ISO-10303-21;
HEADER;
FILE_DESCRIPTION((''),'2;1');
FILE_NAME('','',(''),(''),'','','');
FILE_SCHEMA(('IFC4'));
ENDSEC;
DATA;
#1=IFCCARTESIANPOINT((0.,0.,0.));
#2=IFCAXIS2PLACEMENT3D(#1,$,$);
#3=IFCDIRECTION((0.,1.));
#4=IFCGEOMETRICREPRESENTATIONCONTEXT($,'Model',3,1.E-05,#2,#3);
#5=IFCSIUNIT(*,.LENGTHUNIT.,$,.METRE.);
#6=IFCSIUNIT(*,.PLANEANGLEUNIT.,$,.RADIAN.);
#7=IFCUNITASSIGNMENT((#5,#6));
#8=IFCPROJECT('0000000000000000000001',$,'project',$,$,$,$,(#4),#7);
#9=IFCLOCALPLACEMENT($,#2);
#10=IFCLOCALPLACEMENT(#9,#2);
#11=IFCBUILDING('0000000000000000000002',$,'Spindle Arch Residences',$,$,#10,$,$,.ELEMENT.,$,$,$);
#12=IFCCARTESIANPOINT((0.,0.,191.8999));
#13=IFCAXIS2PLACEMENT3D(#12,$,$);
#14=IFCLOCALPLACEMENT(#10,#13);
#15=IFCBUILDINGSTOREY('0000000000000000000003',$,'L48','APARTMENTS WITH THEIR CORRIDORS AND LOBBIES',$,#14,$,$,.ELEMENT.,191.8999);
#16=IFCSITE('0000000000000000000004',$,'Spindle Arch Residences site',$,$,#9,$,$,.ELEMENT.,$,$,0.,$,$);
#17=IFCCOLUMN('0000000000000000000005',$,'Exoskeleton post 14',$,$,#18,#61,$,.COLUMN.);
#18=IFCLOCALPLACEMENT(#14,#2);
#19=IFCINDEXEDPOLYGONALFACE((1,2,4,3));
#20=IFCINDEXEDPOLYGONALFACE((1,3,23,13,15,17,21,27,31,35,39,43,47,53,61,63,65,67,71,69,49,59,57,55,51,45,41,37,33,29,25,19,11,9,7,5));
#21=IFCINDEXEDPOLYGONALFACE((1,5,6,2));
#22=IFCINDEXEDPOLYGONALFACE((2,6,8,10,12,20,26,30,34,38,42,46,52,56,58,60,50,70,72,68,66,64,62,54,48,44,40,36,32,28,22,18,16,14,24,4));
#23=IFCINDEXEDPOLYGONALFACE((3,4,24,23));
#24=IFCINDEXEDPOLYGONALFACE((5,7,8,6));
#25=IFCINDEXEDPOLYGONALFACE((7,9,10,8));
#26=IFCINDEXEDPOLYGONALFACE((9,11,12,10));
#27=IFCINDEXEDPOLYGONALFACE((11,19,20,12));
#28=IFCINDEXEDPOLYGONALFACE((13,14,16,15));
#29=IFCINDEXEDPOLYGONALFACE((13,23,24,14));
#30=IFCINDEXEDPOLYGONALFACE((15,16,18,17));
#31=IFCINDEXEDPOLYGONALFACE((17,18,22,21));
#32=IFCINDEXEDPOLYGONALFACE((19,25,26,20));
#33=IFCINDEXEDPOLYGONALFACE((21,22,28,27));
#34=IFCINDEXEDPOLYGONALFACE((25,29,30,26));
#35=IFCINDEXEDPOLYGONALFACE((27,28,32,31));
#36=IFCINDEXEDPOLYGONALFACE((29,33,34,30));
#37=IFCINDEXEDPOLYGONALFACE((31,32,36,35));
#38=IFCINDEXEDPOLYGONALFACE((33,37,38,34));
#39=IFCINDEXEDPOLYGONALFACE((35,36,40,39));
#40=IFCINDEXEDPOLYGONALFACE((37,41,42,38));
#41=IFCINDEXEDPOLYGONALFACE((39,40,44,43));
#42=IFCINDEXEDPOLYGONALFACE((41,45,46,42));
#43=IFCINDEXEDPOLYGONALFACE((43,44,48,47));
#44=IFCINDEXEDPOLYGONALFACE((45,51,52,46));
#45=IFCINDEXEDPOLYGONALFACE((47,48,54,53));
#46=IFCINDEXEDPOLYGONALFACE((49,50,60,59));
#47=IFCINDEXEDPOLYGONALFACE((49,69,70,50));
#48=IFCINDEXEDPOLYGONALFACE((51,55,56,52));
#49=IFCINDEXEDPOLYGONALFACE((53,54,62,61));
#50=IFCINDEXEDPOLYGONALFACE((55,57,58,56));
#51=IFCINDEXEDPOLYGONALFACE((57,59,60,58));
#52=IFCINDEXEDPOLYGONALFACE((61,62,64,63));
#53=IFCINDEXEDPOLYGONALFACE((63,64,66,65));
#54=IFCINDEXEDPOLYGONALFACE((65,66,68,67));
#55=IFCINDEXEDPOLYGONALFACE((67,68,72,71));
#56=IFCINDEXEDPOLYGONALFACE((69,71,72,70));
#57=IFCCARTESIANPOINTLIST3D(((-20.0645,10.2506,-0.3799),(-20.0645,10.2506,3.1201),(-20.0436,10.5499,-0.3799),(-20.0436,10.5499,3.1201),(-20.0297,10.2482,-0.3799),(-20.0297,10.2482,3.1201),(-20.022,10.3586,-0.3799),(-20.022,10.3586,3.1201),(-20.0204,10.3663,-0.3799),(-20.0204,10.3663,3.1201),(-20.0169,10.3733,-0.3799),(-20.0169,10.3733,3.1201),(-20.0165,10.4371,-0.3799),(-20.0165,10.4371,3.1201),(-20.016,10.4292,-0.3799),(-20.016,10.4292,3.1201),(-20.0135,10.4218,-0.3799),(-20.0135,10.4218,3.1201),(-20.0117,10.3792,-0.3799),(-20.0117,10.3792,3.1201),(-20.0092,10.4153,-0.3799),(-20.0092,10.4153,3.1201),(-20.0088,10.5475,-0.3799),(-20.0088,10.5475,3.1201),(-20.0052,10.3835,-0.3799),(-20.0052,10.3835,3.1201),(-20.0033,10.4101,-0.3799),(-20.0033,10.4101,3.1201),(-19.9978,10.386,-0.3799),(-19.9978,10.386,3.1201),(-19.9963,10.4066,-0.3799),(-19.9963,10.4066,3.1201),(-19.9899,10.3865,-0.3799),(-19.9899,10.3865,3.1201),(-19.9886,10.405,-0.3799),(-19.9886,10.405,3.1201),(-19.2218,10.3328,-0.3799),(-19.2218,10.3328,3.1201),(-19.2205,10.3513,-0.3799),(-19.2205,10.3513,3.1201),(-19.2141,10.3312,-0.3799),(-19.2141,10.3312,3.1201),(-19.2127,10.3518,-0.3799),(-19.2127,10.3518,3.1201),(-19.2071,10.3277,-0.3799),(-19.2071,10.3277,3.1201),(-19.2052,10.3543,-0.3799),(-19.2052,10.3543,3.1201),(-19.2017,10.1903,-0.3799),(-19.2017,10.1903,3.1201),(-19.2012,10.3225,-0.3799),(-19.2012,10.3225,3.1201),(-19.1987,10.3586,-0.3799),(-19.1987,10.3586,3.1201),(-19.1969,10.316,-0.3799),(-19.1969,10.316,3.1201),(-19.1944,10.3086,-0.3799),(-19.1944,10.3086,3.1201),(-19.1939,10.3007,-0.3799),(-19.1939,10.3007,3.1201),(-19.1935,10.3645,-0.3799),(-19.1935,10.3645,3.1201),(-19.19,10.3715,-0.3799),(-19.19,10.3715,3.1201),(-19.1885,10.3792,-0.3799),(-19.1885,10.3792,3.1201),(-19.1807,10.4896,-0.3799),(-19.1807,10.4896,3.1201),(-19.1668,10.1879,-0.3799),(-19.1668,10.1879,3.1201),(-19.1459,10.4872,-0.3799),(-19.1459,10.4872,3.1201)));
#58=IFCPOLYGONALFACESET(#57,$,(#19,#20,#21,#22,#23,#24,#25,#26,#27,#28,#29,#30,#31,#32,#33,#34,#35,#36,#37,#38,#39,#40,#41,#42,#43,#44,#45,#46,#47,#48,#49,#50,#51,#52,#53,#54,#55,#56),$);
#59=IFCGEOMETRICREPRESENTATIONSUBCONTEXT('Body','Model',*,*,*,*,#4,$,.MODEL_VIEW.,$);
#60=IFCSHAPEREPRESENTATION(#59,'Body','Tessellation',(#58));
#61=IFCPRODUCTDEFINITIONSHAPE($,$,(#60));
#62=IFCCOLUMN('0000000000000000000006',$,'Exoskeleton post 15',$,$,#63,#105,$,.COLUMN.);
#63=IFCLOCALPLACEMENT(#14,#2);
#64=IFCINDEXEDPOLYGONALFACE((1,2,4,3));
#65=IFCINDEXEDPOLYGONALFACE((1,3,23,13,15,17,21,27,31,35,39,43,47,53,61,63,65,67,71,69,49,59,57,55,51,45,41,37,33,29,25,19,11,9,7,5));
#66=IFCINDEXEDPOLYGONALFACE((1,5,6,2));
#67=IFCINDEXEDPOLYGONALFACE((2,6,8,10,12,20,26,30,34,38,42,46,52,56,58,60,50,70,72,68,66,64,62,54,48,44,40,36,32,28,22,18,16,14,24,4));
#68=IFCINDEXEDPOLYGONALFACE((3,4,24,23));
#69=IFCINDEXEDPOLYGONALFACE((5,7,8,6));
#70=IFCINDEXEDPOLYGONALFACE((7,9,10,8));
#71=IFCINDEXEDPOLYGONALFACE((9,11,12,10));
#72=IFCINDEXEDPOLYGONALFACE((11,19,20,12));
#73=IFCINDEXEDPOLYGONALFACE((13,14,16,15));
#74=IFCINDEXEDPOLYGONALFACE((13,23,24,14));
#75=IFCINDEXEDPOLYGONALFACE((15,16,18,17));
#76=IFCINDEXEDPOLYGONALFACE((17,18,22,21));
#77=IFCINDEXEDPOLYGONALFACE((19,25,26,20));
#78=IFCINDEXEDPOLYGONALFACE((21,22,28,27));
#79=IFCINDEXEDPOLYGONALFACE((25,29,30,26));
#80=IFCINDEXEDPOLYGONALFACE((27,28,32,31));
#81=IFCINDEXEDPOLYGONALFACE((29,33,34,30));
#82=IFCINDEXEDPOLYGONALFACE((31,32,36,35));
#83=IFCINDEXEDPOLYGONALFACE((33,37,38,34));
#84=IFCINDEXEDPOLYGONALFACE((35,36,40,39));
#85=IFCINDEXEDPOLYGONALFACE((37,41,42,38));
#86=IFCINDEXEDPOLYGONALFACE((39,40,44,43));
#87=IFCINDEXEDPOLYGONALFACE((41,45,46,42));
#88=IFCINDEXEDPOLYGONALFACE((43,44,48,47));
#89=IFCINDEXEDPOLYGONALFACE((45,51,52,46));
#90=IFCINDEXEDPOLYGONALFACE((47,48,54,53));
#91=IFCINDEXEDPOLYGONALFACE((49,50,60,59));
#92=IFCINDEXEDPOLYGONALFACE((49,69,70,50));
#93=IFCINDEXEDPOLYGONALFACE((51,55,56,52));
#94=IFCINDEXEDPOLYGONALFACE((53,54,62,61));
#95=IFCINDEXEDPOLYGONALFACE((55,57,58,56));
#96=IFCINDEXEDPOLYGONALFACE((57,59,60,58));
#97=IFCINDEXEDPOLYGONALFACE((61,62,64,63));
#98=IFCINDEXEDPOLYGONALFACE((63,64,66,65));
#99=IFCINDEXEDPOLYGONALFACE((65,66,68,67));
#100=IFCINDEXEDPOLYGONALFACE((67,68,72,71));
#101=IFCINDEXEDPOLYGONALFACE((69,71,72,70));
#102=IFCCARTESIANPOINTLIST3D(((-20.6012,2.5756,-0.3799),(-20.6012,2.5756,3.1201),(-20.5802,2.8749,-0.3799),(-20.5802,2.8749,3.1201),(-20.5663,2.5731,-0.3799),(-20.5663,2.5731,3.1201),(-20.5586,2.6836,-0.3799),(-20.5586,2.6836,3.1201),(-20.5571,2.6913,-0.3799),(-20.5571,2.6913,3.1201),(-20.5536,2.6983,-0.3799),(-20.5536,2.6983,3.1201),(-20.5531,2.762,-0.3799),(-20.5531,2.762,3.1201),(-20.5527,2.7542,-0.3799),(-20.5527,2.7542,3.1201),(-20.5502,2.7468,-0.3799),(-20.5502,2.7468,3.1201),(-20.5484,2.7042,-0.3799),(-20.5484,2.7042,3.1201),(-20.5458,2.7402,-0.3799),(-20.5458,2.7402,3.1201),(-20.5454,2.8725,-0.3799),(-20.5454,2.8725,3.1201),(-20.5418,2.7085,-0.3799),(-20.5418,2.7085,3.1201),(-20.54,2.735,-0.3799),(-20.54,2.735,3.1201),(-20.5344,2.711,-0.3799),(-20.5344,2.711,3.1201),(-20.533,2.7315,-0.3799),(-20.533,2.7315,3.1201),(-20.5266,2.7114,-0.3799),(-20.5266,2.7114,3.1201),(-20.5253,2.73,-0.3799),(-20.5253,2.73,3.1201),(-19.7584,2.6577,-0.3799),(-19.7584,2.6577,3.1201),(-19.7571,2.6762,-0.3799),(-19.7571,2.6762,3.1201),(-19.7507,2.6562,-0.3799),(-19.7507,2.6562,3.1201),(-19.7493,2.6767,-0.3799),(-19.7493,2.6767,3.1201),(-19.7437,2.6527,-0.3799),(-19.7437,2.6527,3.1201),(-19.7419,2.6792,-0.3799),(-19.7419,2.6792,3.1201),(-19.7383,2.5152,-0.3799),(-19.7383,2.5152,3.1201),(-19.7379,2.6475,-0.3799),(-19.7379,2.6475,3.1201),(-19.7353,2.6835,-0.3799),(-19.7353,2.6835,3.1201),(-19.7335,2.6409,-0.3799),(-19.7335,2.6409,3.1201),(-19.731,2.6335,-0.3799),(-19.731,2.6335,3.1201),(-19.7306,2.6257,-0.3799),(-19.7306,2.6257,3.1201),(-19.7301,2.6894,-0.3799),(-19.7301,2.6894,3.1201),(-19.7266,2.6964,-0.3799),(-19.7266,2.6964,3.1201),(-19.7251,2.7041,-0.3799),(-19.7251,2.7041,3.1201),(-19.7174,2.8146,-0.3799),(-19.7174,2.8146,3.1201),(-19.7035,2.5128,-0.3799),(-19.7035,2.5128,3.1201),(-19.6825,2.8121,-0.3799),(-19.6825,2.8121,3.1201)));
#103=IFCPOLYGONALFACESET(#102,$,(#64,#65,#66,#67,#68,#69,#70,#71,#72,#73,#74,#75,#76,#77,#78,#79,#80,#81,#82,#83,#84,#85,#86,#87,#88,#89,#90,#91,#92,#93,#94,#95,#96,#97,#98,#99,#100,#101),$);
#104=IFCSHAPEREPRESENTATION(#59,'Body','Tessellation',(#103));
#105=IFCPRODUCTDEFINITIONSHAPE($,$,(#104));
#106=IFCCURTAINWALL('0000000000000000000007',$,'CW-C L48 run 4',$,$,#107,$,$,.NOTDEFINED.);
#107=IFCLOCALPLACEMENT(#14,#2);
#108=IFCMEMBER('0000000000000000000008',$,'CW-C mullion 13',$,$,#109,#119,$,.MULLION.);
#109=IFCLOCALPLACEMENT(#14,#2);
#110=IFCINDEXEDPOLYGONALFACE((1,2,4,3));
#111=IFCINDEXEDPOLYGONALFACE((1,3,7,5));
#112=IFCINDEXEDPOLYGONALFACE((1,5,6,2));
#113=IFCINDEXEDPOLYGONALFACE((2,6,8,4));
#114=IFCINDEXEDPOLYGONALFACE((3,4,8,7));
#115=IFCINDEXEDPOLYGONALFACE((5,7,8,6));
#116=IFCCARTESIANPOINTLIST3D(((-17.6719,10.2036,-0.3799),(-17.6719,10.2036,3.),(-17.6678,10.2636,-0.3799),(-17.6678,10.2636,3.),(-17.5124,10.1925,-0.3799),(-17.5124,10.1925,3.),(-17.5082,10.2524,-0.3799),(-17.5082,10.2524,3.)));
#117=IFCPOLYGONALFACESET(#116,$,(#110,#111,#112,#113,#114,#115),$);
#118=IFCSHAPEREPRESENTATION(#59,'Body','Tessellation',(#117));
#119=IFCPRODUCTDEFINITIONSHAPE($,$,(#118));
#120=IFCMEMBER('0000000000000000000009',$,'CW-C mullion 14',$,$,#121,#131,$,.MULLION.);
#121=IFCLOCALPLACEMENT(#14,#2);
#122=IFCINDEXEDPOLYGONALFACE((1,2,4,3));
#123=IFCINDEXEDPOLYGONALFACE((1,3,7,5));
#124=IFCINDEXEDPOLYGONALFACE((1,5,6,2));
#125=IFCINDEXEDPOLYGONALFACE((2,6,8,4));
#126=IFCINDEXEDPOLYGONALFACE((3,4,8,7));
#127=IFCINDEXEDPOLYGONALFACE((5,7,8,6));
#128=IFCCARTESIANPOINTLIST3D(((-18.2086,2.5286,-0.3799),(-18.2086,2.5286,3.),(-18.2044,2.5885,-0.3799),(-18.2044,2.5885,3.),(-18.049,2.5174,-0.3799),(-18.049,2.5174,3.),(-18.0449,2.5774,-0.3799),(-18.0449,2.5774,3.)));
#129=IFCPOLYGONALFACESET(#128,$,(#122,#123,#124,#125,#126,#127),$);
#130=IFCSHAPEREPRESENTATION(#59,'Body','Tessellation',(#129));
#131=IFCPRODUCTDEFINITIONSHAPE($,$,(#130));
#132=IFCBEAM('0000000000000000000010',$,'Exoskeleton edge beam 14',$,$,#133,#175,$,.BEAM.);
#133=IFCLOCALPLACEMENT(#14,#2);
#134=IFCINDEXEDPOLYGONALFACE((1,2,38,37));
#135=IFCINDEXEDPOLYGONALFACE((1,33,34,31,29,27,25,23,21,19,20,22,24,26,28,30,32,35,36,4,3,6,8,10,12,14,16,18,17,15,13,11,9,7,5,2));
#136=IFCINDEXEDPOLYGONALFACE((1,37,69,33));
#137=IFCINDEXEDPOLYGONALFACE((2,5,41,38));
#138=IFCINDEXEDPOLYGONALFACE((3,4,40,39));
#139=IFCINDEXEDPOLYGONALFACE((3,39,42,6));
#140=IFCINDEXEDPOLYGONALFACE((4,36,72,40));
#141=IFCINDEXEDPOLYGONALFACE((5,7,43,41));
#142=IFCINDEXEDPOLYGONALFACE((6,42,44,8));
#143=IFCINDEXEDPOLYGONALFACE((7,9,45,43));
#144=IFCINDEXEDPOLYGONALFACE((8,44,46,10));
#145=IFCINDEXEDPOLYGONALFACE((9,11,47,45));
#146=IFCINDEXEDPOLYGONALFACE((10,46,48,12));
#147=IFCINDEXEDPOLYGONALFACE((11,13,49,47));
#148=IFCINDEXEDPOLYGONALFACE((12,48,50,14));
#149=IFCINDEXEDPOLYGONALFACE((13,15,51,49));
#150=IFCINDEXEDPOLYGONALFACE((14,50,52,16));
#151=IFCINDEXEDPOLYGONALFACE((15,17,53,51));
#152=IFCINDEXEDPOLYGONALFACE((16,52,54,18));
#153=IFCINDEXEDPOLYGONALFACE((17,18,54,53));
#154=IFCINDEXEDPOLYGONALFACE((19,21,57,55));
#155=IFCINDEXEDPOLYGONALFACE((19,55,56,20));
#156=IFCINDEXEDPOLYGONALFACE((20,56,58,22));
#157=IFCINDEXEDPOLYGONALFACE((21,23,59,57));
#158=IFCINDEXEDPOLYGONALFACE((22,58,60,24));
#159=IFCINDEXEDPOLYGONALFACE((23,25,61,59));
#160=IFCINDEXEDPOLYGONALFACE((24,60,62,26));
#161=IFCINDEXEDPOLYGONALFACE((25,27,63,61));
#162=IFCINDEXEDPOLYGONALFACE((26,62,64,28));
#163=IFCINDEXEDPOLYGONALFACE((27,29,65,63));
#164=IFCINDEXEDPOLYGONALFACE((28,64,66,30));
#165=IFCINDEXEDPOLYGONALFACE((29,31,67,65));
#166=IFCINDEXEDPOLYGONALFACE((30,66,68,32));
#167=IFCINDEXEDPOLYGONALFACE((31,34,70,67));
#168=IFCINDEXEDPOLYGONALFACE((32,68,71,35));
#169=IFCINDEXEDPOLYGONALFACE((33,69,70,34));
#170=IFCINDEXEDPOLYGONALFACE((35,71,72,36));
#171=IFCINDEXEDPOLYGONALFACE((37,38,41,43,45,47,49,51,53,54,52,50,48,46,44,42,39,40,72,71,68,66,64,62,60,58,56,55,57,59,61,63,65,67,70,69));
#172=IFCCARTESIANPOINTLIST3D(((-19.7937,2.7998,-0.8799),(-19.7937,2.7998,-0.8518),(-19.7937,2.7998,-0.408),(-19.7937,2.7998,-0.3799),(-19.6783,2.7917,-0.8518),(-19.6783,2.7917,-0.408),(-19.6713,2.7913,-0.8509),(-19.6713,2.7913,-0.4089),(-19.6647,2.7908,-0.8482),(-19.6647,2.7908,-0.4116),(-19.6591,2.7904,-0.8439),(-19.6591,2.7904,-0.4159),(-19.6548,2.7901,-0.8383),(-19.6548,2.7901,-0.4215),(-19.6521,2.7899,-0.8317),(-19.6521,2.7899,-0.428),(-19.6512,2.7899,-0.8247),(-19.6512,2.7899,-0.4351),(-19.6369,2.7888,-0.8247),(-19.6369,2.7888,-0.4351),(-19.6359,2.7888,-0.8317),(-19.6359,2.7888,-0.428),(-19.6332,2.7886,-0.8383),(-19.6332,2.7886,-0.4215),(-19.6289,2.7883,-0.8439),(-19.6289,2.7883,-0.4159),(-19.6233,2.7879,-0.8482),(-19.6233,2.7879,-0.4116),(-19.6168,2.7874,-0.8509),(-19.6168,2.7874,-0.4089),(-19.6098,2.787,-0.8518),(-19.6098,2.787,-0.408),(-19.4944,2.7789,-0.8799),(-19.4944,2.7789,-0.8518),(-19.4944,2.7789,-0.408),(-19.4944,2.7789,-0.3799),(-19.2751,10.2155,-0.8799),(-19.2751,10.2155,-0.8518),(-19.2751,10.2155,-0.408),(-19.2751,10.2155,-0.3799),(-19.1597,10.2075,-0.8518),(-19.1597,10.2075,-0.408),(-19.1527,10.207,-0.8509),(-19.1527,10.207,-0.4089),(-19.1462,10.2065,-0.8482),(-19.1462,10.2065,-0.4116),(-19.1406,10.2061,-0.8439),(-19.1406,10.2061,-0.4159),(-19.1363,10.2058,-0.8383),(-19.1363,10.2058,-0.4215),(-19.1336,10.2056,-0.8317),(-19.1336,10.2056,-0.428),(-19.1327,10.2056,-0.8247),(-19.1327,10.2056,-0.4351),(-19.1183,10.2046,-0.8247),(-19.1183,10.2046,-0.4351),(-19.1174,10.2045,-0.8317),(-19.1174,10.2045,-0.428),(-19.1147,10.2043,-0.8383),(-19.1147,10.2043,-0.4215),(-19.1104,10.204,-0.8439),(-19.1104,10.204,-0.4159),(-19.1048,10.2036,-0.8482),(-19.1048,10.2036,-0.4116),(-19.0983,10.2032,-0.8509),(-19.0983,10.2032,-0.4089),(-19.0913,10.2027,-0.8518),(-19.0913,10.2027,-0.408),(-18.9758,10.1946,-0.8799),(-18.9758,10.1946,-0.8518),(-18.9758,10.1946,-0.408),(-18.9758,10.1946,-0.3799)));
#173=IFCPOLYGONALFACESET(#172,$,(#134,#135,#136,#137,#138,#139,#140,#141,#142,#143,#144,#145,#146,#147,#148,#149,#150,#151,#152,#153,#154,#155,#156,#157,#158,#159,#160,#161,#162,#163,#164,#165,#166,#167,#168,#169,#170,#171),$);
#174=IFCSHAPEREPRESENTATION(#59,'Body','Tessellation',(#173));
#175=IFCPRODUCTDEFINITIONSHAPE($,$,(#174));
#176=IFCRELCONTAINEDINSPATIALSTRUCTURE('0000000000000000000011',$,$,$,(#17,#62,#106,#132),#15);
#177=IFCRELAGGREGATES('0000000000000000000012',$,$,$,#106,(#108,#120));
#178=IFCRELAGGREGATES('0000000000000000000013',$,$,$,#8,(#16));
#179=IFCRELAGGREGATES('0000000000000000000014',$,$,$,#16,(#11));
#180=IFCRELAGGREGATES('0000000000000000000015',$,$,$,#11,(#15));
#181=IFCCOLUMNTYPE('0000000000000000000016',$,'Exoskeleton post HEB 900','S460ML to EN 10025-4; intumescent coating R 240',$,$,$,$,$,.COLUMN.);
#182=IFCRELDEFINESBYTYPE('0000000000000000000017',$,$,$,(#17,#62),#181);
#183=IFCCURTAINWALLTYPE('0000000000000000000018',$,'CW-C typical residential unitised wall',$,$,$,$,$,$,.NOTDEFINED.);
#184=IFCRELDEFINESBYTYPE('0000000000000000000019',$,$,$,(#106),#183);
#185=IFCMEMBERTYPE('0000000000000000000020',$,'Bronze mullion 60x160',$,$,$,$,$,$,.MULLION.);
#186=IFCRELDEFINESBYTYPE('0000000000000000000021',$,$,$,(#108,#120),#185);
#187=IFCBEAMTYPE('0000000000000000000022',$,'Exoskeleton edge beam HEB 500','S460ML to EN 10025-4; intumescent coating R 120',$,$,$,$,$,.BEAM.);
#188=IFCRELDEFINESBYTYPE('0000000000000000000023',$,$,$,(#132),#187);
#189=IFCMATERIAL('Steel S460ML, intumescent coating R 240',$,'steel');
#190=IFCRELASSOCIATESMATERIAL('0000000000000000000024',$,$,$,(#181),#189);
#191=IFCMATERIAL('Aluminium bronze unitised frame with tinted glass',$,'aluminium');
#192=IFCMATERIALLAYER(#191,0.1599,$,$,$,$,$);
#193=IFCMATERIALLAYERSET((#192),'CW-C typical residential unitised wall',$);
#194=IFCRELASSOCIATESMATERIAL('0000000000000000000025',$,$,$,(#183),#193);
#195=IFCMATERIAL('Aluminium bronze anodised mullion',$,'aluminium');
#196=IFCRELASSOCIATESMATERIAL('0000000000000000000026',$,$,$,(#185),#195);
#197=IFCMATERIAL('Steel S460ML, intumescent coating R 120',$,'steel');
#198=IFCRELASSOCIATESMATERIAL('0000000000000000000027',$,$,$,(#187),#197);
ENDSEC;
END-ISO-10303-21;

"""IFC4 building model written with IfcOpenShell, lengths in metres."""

from ifc_helpers import new_model, si_unit, direction, frame, origin, origin_2d, place, context, subcontext, project, spatial, rectangle, i_section, extrude, material, layer, layer_set, material_profile, profile_set, type_object, element, aggregate, save


model = new_model("IFC4")

# Units and contexts
model_context = context("Model", 3, precision=1e-05, world=origin(), true_north=direction((0.0, 1.0)))
body_context = subcontext(model_context, "Body", "Model", "MODEL_VIEW")
ifc_project = project(units=[si_unit("LENGTHUNIT", "METRE"), si_unit("PLANEANGLEUNIT", "RADIAN")], contexts=[model_context])

# Site, building, storey
site_placement = place(None, origin())
site = spatial("IfcSite", under=ifc_project, at=site_placement, Name="Spindle Arch Residences site", CompositionType="ELEMENT", RefElevation=0.0)
building_placement = place(site_placement, origin())
building = spatial("IfcBuilding", under=site, at=building_placement, Name="Spindle Arch Residences", CompositionType="ELEMENT")
storey_placement = place(building_placement, frame((0.0, 0.0, 191.8999)))
storey = spatial("IfcBuildingStorey", under=building, at=storey_placement, Name="L48", Description="APARTMENTS WITH THEIR CORRIDORS AND LOBBIES", CompositionType="ELEMENT", Elevation=191.8999)

# Columns
ifc_material_1 = material(Name="Steel S460ML, intumescent coating R 240", Category="steel")
ifc_material_profile_1 = material_profile(ifc_material_1, i_section(OverallWidth=0.3, OverallDepth=0.8999, WebThickness=0.0186, FlangeThickness=0.0349, FilletRadius=0.03, at=origin_2d()), Name="HEB 900")
ifc_profile_set_1 = profile_set([ifc_material_profile_1], Name="Steel S460ML, intumescent coating R 240")
column_type = type_object("IfcColumnType", Name="Exoskeleton post HEB 900", Description="S460ML to EN 10025-4; intumescent coating R 240", PredefinedType="COLUMN", material=ifc_profile_set_1)
for number, where, z_axis, x_axis, name in (
    (1, (-19.6052, 10.3689, -0.3799), (0.0, 0.0, 1.0), (0.069756, 0.997564, 0.0), "Exoskeleton post 14"),
    (2, (-20.1418, 2.6938, -0.3799), (0.0, 0.0, 1.0), (0.069756, 0.997564, 0.0), "Exoskeleton post 15"),
):
    element("IfcColumn", number, at=place(storey_placement, frame(where, z_axis=z_axis, x_axis=x_axis)), inside=storey, type_object=column_type, Name=name, PredefinedType="COLUMN", context=body_context, shape_type="SweptSolid", body=[
        extrude(i_section(OverallWidth=0.3, OverallDepth=0.8999, WebThickness=0.0186, FlangeThickness=0.0349, FilletRadius=0.03, at=origin_2d()), origin(), (0.0, 0.0, 1.0), 3.5),
    ])

# Curtain wall, members
ifc_material_2 = material(Name="Aluminium bronze unitised frame with tinted glass", Category="aluminium")
ifc_layer_1 = layer(ifc_material_2, 0.1599)
ifc_layer_set_1 = layer_set([ifc_layer_1], Name="CW-C typical residential unitised wall")
curtain_wall_type = type_object("IfcCurtainWallType", Name="CW-C typical residential unitised wall", PredefinedType="NOTDEFINED", material=ifc_layer_set_1)
curtain_wall_placement = place(storey_placement, origin())
curtain_wall = element("IfcCurtainWall", 3, at=curtain_wall_placement, inside=storey, type_object=curtain_wall_type, Name="CW-C L48 run 4", PredefinedType="NOTDEFINED")
ifc_material_3 = material(Name="Aluminium bronze anodised mullion", Category="aluminium")
ifc_material_profile_2 = material_profile(ifc_material_3, rectangle(XDim=0.1599, YDim=0.0601, at=origin_2d()), Name="MU 60x160")
ifc_profile_set_2 = profile_set([ifc_material_profile_2], Name="Aluminium bronze anodised mullion")
member_type = type_object("IfcMemberType", Name="Bronze mullion 60x160", PredefinedType="MULLION", material=ifc_profile_set_2)
member_1_placement = place(storey_placement, frame((-17.5901, 10.228, -0.3799), z_axis=(0.0, 0.0, 1.0), x_axis=(0.997564, -0.069756, 0.0)))
member_1 = element("IfcMember", 4, at=member_1_placement, type_object=member_type, Name="CW-C mullion 13", PredefinedType="MULLION", context=body_context, shape_type="SweptSolid", body=[
    extrude(rectangle(XDim=0.1599, YDim=0.0601, at=origin_2d()), origin(), (0.0, 0.0, 1.0), 3.3799),
])
member_2_placement = place(storey_placement, frame((-18.1267, 2.553, -0.3799), z_axis=(0.0, 0.0, 1.0), x_axis=(0.997564, -0.069756, 0.0)))
member_2 = element("IfcMember", 5, at=member_2_placement, type_object=member_type, Name="CW-C mullion 14", PredefinedType="MULLION", context=body_context, shape_type="SweptSolid", body=[
    extrude(rectangle(XDim=0.1599, YDim=0.0601, at=origin_2d()), origin(), (0.0, 0.0, 1.0), 3.3799),
])

# Beam
ifc_material_4 = material(Name="Steel S460ML, intumescent coating R 120", Category="steel")
ifc_material_profile_3 = material_profile(ifc_material_4, i_section(OverallWidth=0.3, OverallDepth=0.5, WebThickness=0.0144, FlangeThickness=0.0281, FilletRadius=0.0271, at=origin_2d()), Name="HEB 500")
ifc_profile_set_3 = profile_set([ifc_material_profile_3], Name="Steel S460ML, intumescent coating R 120")
beam_type_1 = type_object("IfcBeamType", Name="Exoskeleton edge beam HEB 500", Description="S460ML to EN 10025-4; intumescent coating R 120", PredefinedType="BEAM", material=ifc_profile_set_3)
beam_1_placement = place(storey_placement, frame((-19.1255, 10.2051, -0.6299), z_axis=(-0.069756, -0.997564, 0.0), x_axis=(0.997564, -0.069756, 0.0)))
element("IfcBeam", 6, at=beam_1_placement, inside=storey, type_object=beam_type_1, Name="Exoskeleton edge beam 14", PredefinedType="BEAM", context=body_context, shape_type="SweptSolid", body=[
    extrude(i_section(OverallWidth=0.3, OverallDepth=0.5, WebThickness=0.0144, FlangeThickness=0.0281, FilletRadius=0.0271, at=origin_2d()), origin(), (0.0, 0.0, 1.0), 7.4338),
])

aggregate(curtain_wall, [member_1, member_2])

save(model, "model.ifc")
